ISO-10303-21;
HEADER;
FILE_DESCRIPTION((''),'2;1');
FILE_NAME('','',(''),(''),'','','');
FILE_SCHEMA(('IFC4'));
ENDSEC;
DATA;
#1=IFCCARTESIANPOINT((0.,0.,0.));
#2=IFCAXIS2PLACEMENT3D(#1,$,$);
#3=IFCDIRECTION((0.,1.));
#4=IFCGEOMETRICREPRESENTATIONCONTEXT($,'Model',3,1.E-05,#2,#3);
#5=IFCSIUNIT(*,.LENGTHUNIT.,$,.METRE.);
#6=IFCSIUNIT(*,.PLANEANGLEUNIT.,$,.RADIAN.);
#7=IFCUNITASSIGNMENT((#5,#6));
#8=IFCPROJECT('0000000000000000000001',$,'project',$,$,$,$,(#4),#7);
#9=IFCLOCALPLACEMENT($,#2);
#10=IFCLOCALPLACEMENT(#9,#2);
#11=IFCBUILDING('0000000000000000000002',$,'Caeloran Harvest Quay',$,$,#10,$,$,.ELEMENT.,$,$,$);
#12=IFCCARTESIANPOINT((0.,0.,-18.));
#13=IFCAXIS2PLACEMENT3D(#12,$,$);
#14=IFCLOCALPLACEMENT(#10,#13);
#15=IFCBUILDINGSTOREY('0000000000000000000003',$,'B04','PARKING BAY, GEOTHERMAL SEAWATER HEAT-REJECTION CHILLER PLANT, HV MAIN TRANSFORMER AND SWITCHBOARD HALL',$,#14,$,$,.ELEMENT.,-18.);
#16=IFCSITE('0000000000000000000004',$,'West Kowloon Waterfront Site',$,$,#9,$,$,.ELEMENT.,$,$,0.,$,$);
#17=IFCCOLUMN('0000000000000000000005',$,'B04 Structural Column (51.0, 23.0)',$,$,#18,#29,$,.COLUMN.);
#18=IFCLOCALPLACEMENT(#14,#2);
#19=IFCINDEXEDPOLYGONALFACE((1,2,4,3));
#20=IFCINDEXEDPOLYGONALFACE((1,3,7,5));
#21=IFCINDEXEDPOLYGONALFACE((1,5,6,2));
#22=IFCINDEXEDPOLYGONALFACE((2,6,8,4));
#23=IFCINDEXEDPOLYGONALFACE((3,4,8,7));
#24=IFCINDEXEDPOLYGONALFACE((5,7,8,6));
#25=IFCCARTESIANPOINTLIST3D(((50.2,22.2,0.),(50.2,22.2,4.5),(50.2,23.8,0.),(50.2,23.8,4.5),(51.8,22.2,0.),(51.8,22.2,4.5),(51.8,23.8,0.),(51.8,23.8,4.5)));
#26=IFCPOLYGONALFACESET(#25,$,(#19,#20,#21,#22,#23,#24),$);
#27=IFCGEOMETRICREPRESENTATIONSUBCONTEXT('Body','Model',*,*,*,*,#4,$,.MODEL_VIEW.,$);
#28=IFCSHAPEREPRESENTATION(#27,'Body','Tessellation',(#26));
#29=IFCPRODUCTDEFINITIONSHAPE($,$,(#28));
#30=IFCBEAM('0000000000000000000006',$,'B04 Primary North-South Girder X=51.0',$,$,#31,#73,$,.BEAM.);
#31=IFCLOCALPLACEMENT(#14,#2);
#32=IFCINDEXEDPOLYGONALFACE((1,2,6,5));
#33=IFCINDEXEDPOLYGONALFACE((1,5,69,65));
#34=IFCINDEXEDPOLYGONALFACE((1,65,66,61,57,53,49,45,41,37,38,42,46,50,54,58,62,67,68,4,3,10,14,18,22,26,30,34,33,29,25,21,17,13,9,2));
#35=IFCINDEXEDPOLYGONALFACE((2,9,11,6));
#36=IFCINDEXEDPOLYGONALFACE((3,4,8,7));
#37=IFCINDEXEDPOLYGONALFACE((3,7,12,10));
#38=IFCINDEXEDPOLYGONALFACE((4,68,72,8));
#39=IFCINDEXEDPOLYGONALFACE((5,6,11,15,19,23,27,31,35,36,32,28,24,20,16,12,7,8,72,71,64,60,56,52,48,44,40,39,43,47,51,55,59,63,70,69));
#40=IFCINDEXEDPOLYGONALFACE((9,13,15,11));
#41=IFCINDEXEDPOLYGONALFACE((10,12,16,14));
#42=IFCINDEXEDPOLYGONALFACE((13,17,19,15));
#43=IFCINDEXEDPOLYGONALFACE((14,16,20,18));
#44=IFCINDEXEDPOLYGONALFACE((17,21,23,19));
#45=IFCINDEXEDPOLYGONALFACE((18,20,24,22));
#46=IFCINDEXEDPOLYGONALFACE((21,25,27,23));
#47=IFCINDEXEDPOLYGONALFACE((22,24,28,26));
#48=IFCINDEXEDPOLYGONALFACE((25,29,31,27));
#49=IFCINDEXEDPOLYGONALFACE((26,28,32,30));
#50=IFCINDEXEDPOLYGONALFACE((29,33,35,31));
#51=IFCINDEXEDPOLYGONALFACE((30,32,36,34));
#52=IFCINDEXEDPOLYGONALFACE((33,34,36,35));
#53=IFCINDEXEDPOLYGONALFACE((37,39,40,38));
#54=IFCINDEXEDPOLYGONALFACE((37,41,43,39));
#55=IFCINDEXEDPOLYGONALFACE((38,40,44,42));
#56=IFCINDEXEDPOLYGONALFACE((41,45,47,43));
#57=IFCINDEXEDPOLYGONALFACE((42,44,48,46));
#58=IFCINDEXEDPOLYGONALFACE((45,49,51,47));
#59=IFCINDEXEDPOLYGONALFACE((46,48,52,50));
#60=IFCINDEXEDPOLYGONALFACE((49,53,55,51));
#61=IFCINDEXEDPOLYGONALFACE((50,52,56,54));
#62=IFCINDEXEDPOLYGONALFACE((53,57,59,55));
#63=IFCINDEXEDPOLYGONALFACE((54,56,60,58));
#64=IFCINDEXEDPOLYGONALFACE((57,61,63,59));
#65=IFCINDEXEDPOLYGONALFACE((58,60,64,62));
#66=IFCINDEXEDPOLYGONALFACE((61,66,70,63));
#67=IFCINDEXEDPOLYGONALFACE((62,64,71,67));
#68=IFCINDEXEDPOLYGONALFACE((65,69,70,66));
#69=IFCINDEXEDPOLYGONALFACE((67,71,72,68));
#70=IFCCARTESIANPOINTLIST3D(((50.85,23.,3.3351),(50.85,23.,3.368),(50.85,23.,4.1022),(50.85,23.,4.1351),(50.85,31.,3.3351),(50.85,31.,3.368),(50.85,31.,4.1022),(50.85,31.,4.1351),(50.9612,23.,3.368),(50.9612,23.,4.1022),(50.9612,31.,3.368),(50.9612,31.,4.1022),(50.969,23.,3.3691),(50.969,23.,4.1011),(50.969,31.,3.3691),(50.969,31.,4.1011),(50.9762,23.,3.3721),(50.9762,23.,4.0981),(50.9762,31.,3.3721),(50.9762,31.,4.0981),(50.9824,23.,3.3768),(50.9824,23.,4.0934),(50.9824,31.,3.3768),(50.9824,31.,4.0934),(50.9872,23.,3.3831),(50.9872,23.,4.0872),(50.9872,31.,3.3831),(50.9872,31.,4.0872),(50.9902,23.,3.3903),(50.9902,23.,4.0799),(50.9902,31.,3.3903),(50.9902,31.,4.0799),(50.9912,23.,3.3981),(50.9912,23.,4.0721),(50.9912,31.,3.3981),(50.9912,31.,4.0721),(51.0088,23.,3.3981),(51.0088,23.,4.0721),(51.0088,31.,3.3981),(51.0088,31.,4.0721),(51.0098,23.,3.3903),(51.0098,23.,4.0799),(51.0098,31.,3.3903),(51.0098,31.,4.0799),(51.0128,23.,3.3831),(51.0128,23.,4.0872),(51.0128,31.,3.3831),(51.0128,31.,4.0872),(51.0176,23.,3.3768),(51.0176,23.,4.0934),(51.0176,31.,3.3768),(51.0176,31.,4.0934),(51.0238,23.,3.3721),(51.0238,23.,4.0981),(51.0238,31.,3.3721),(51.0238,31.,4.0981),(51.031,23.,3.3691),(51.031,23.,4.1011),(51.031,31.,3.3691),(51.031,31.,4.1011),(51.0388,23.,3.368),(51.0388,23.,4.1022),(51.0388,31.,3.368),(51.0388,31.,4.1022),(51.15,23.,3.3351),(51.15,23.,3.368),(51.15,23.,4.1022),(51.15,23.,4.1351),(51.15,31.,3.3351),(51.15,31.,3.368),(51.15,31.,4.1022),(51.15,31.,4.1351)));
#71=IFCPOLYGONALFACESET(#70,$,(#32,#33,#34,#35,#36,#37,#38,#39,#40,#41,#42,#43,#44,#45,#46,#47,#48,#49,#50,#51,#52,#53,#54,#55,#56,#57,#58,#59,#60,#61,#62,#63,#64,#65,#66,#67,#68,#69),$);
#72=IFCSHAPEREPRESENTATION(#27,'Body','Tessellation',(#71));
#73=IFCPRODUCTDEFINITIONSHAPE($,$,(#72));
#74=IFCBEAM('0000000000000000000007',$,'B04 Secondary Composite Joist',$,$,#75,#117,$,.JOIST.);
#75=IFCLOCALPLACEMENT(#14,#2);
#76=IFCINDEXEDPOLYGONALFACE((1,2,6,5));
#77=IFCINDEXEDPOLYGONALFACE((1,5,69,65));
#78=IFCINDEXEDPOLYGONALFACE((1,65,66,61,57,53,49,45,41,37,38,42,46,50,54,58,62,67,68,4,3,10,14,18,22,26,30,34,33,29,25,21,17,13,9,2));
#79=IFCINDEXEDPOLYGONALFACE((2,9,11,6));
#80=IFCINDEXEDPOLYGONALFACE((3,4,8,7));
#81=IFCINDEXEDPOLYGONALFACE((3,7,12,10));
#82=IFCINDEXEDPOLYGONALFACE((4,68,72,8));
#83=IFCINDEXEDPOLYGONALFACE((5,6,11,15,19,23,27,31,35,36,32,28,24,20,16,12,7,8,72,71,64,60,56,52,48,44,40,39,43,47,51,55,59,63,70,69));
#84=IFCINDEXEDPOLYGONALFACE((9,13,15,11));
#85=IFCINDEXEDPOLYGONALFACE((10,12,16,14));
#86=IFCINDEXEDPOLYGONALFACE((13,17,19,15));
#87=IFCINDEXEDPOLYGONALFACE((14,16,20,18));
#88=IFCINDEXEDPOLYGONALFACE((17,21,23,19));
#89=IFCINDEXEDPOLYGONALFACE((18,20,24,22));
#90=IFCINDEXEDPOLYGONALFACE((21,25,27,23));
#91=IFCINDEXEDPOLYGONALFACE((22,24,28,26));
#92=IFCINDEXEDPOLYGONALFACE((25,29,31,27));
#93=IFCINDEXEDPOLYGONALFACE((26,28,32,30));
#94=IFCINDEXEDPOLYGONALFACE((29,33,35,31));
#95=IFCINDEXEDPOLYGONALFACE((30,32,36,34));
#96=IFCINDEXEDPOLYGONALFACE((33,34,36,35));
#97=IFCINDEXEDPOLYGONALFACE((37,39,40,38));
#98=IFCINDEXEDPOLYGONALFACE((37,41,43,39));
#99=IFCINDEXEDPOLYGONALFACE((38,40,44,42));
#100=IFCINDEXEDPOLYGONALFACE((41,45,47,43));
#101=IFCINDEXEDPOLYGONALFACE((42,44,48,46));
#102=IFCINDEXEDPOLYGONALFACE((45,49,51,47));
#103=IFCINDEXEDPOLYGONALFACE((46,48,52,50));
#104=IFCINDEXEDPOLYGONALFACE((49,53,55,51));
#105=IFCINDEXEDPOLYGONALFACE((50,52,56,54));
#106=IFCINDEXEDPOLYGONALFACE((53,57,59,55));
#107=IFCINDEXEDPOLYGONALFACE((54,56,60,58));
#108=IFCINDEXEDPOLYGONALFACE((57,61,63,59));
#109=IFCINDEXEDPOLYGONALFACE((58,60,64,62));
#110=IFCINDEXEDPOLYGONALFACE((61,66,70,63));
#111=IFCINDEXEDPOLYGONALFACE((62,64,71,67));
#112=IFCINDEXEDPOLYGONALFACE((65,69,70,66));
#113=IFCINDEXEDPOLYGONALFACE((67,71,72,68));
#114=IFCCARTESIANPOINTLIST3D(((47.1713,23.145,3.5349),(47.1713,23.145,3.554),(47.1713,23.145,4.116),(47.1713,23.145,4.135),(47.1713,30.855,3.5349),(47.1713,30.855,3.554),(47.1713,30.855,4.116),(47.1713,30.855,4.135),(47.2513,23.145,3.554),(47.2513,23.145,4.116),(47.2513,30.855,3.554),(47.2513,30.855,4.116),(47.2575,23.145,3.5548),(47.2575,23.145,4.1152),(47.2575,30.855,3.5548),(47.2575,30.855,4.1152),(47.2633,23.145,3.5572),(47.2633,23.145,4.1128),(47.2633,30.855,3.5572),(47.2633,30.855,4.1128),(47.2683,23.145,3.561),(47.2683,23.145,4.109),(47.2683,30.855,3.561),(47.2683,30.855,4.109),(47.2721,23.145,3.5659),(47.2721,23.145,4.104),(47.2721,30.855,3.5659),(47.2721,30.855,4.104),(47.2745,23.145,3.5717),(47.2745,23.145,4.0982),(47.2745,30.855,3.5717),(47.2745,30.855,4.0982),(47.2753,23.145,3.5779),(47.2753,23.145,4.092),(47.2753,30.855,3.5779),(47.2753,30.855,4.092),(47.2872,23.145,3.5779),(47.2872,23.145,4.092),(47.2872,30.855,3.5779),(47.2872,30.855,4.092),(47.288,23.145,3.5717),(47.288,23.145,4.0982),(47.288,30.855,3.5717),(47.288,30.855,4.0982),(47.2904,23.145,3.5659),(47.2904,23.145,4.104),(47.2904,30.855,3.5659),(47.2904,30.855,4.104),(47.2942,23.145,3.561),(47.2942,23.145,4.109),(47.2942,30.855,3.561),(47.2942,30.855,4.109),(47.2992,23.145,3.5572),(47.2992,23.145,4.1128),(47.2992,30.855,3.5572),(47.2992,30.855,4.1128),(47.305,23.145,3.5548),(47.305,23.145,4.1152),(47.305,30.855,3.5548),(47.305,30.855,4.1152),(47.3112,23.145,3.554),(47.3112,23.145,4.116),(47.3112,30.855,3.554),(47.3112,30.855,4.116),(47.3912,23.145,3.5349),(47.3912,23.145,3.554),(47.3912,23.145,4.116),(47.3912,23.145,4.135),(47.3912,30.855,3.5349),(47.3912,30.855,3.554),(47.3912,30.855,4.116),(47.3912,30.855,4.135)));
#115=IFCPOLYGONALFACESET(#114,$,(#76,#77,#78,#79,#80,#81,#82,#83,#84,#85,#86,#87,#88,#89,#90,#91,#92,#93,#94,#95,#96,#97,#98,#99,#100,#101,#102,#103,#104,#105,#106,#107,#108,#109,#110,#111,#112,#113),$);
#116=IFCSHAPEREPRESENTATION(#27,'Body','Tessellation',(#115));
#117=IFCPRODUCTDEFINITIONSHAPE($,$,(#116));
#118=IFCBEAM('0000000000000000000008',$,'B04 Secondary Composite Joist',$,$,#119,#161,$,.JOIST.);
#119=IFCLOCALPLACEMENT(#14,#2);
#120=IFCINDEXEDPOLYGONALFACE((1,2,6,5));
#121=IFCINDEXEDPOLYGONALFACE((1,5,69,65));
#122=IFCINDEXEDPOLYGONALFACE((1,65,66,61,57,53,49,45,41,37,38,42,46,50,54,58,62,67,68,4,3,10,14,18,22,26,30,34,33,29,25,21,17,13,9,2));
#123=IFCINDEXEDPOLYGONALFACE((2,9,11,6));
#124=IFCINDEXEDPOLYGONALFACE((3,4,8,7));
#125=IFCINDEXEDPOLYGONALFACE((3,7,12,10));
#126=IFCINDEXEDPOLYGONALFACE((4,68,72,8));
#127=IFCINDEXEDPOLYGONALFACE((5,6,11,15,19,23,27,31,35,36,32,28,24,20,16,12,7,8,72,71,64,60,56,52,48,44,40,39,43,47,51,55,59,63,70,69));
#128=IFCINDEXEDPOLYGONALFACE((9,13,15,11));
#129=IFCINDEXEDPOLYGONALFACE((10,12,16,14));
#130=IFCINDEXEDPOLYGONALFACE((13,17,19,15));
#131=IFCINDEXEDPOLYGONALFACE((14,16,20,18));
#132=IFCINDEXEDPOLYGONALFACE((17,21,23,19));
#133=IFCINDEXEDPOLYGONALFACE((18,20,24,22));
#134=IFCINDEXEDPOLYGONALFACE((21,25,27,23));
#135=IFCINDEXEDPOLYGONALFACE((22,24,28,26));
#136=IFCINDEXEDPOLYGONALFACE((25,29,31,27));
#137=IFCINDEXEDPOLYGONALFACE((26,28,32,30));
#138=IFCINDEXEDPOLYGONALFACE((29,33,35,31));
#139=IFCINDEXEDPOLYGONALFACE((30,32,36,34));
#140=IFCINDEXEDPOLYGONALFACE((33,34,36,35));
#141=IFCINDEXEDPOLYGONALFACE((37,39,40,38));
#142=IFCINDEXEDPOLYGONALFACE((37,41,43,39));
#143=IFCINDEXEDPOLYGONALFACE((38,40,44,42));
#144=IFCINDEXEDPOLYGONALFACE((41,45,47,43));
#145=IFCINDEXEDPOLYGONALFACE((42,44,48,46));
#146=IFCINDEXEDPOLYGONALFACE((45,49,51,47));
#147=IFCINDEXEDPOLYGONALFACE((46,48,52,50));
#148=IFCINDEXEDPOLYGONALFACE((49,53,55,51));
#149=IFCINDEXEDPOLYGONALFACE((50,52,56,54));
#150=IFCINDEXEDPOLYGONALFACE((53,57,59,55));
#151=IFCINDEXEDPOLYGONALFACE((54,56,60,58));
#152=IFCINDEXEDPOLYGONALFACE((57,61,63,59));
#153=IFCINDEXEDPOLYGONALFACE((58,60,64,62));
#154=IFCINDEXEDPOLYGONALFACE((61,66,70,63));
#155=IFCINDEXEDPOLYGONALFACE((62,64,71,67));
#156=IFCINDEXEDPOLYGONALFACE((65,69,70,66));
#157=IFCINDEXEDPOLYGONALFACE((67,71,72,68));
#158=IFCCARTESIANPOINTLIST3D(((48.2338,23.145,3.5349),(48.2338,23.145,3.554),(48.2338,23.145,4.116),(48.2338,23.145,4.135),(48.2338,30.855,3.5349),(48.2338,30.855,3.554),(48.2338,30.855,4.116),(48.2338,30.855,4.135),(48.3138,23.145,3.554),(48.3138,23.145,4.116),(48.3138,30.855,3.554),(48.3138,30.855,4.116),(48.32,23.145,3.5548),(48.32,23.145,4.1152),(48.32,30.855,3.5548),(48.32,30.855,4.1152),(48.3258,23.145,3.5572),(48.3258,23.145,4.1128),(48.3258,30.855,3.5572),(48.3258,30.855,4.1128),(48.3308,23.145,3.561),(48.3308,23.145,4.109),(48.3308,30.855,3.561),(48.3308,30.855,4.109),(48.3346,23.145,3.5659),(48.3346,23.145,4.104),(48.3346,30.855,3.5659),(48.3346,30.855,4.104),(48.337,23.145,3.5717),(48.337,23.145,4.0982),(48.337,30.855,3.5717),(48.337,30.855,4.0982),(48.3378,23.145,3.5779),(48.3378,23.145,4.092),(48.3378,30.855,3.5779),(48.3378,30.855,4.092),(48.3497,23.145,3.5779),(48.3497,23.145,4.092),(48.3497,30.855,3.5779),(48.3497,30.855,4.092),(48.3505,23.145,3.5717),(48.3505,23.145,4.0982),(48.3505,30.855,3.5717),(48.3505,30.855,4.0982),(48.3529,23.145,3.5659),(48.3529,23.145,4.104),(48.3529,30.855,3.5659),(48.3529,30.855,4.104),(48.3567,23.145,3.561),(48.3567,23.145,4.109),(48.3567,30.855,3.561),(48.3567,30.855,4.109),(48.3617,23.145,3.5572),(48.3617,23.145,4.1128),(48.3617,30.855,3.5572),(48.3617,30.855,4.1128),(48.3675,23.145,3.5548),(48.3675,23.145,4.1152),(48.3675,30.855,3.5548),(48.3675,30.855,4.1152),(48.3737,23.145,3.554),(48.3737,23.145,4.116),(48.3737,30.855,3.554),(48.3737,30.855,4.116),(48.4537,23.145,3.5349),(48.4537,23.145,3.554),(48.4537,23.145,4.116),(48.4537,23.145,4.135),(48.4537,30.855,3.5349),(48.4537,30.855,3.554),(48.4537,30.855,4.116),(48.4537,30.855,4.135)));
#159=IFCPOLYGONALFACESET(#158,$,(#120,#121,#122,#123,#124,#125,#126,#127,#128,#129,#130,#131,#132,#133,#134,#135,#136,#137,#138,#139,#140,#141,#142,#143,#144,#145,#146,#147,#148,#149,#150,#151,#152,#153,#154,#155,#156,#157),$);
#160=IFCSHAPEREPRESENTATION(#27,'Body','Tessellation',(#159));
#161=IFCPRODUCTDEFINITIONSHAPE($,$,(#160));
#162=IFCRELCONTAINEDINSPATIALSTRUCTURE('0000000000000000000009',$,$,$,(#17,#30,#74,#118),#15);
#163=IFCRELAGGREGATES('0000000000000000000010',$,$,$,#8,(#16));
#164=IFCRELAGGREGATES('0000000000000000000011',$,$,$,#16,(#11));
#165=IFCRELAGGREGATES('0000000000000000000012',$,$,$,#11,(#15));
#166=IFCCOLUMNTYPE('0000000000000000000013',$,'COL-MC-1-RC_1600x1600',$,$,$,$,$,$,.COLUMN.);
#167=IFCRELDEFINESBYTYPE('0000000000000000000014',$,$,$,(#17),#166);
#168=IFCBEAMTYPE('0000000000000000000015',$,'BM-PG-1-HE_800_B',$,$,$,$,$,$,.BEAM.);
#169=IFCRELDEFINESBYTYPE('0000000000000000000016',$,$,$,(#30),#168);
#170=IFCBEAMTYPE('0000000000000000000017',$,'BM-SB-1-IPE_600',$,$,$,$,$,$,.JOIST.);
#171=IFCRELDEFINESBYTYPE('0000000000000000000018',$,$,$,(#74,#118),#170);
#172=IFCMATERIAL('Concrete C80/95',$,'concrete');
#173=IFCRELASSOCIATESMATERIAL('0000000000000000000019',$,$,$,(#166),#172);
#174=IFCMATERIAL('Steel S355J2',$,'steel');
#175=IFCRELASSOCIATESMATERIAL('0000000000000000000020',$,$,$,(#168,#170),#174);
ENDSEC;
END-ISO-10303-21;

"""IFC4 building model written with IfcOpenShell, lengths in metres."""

from ifc_helpers import new_model, si_unit, direction, frame, origin, origin_2d, place, context, subcontext, project, spatial, rectangle, i_section, extrude, material, material_profile, profile_set, type_object, element, save


model = new_model("IFC4")

# Units and contexts
model_context = context("Model", 3, precision=1e-05, world=origin(), true_north=direction((0.0, 1.0)))
body_context = subcontext(model_context, "Body", "Model", "MODEL_VIEW")
ifc_project = project(units=[si_unit("LENGTHUNIT", "METRE"), si_unit("PLANEANGLEUNIT", "RADIAN")], contexts=[model_context])

# Site, building, storey
site_placement = place(None, origin())
site = spatial("IfcSite", under=ifc_project, at=site_placement, Name="West Kowloon Waterfront Site", CompositionType="ELEMENT", RefElevation=0.0)
building_placement = place(site_placement, origin())
building = spatial("IfcBuilding", under=site, at=building_placement, Name="Caeloran Harvest Quay", CompositionType="ELEMENT")
storey_placement = place(building_placement, frame((0.0, 0.0, -18.0)))
storey = spatial("IfcBuildingStorey", under=building, at=storey_placement, Name="B04", Description="PARKING BAY, GEOTHERMAL SEAWATER HEAT-REJECTION CHILLER PLANT, HV MAIN TRANSFORMER AND SWITCHBOARD HALL", CompositionType="ELEMENT", Elevation=-18.0)

# Column
ifc_material_1 = material(Name="Concrete C80/95", Category="concrete")
ifc_material_profile_1 = material_profile(ifc_material_1, rectangle(XDim=1.6001, YDim=1.6001, at=origin_2d()), Name="RC 1600x1600")
ifc_profile_set_1 = profile_set([ifc_material_profile_1], Name="Concrete C80/95")
column_type = type_object("IfcColumnType", Name="COL-MC-1-RC_1600x1600", PredefinedType="COLUMN", material=ifc_profile_set_1)
column_placement = place(storey_placement, frame((51.0, 23.0, 0.0), z_axis=(0.0, 0.0, 1.0), x_axis=(1.0, 0.0, 0.0)))
element("IfcColumn", 1, at=column_placement, inside=storey, type_object=column_type, Name="B04 Structural Column (51.0, 23.0)", PredefinedType="COLUMN", context=body_context, shape_type="SweptSolid", body=[
    extrude(rectangle(XDim=1.6001, YDim=1.6001, at=origin_2d()), origin(), (0.0, 0.0, 1.0), 4.5),
])

# Beams
ifc_material_2 = material(Name="Steel S355J2", Category="steel")
ifc_material_profile_2 = material_profile(ifc_material_2, i_section(OverallWidth=0.3, OverallDepth=0.8, WebThickness=0.0176, FlangeThickness=0.033, FilletRadius=0.03, at=origin_2d()), Name="HE 800 B")
ifc_profile_set_2 = profile_set([ifc_material_profile_2], Name="Steel S355J2")
beam_type_1 = type_object("IfcBeamType", Name="BM-PG-1-HE_800_B", PredefinedType="BEAM", material=ifc_profile_set_2)
beam_placement = place(storey_placement, frame((51.0, 23.0, 3.7351), z_axis=(0.0, 1.0, 0.0), x_axis=(-1.0, 0.0, 0.0)))
element("IfcBeam", 2, at=beam_placement, inside=storey, type_object=beam_type_1, Name="B04 Primary North-South Girder X=51.0", PredefinedType="BEAM", context=body_context, shape_type="SweptSolid", body=[
    extrude(i_section(OverallWidth=0.3, OverallDepth=0.8, WebThickness=0.0176, FlangeThickness=0.033, FilletRadius=0.03, at=origin_2d()), origin(), (0.0, 0.0, 1.0), 8.0),
])
ifc_material_profile_3 = material_profile(ifc_material_2, i_section(OverallWidth=0.22, OverallDepth=0.6001, WebThickness=0.012, FlangeThickness=0.019, FilletRadius=0.0239, at=origin_2d()), Name="IPE 600")
ifc_profile_set_3 = profile_set([ifc_material_profile_3], Name="Steel S355J2")
beam_type_2 = type_object("IfcBeamType", Name="BM-SB-1-IPE_600", PredefinedType="JOIST", material=ifc_profile_set_3)
for number, where, z_axis, x_axis, name in (
    (3, (47.2812, 23.145, 3.835), (0.0, 1.0, 0.0), (-1.0, 0.0, 0.0), "B04 Secondary Composite Joist"),
    (4, (48.3438, 23.145, 3.835), (0.0, 1.0, 0.0), (-1.0, 0.0, 0.0), "B04 Secondary Composite Joist"),
):
    element("IfcBeam", number, at=place(storey_placement, frame(where, z_axis=z_axis, x_axis=x_axis)), inside=storey, type_object=beam_type_2, Name=name, PredefinedType="JOIST", context=body_context, shape_type="SweptSolid", body=[
        extrude(i_section(OverallWidth=0.22, OverallDepth=0.6001, WebThickness=0.012, FlangeThickness=0.019, FilletRadius=0.0239, at=origin_2d()), origin(), (0.0, 0.0, 1.0), 7.71),
    ])

save(model, "model.ifc")
